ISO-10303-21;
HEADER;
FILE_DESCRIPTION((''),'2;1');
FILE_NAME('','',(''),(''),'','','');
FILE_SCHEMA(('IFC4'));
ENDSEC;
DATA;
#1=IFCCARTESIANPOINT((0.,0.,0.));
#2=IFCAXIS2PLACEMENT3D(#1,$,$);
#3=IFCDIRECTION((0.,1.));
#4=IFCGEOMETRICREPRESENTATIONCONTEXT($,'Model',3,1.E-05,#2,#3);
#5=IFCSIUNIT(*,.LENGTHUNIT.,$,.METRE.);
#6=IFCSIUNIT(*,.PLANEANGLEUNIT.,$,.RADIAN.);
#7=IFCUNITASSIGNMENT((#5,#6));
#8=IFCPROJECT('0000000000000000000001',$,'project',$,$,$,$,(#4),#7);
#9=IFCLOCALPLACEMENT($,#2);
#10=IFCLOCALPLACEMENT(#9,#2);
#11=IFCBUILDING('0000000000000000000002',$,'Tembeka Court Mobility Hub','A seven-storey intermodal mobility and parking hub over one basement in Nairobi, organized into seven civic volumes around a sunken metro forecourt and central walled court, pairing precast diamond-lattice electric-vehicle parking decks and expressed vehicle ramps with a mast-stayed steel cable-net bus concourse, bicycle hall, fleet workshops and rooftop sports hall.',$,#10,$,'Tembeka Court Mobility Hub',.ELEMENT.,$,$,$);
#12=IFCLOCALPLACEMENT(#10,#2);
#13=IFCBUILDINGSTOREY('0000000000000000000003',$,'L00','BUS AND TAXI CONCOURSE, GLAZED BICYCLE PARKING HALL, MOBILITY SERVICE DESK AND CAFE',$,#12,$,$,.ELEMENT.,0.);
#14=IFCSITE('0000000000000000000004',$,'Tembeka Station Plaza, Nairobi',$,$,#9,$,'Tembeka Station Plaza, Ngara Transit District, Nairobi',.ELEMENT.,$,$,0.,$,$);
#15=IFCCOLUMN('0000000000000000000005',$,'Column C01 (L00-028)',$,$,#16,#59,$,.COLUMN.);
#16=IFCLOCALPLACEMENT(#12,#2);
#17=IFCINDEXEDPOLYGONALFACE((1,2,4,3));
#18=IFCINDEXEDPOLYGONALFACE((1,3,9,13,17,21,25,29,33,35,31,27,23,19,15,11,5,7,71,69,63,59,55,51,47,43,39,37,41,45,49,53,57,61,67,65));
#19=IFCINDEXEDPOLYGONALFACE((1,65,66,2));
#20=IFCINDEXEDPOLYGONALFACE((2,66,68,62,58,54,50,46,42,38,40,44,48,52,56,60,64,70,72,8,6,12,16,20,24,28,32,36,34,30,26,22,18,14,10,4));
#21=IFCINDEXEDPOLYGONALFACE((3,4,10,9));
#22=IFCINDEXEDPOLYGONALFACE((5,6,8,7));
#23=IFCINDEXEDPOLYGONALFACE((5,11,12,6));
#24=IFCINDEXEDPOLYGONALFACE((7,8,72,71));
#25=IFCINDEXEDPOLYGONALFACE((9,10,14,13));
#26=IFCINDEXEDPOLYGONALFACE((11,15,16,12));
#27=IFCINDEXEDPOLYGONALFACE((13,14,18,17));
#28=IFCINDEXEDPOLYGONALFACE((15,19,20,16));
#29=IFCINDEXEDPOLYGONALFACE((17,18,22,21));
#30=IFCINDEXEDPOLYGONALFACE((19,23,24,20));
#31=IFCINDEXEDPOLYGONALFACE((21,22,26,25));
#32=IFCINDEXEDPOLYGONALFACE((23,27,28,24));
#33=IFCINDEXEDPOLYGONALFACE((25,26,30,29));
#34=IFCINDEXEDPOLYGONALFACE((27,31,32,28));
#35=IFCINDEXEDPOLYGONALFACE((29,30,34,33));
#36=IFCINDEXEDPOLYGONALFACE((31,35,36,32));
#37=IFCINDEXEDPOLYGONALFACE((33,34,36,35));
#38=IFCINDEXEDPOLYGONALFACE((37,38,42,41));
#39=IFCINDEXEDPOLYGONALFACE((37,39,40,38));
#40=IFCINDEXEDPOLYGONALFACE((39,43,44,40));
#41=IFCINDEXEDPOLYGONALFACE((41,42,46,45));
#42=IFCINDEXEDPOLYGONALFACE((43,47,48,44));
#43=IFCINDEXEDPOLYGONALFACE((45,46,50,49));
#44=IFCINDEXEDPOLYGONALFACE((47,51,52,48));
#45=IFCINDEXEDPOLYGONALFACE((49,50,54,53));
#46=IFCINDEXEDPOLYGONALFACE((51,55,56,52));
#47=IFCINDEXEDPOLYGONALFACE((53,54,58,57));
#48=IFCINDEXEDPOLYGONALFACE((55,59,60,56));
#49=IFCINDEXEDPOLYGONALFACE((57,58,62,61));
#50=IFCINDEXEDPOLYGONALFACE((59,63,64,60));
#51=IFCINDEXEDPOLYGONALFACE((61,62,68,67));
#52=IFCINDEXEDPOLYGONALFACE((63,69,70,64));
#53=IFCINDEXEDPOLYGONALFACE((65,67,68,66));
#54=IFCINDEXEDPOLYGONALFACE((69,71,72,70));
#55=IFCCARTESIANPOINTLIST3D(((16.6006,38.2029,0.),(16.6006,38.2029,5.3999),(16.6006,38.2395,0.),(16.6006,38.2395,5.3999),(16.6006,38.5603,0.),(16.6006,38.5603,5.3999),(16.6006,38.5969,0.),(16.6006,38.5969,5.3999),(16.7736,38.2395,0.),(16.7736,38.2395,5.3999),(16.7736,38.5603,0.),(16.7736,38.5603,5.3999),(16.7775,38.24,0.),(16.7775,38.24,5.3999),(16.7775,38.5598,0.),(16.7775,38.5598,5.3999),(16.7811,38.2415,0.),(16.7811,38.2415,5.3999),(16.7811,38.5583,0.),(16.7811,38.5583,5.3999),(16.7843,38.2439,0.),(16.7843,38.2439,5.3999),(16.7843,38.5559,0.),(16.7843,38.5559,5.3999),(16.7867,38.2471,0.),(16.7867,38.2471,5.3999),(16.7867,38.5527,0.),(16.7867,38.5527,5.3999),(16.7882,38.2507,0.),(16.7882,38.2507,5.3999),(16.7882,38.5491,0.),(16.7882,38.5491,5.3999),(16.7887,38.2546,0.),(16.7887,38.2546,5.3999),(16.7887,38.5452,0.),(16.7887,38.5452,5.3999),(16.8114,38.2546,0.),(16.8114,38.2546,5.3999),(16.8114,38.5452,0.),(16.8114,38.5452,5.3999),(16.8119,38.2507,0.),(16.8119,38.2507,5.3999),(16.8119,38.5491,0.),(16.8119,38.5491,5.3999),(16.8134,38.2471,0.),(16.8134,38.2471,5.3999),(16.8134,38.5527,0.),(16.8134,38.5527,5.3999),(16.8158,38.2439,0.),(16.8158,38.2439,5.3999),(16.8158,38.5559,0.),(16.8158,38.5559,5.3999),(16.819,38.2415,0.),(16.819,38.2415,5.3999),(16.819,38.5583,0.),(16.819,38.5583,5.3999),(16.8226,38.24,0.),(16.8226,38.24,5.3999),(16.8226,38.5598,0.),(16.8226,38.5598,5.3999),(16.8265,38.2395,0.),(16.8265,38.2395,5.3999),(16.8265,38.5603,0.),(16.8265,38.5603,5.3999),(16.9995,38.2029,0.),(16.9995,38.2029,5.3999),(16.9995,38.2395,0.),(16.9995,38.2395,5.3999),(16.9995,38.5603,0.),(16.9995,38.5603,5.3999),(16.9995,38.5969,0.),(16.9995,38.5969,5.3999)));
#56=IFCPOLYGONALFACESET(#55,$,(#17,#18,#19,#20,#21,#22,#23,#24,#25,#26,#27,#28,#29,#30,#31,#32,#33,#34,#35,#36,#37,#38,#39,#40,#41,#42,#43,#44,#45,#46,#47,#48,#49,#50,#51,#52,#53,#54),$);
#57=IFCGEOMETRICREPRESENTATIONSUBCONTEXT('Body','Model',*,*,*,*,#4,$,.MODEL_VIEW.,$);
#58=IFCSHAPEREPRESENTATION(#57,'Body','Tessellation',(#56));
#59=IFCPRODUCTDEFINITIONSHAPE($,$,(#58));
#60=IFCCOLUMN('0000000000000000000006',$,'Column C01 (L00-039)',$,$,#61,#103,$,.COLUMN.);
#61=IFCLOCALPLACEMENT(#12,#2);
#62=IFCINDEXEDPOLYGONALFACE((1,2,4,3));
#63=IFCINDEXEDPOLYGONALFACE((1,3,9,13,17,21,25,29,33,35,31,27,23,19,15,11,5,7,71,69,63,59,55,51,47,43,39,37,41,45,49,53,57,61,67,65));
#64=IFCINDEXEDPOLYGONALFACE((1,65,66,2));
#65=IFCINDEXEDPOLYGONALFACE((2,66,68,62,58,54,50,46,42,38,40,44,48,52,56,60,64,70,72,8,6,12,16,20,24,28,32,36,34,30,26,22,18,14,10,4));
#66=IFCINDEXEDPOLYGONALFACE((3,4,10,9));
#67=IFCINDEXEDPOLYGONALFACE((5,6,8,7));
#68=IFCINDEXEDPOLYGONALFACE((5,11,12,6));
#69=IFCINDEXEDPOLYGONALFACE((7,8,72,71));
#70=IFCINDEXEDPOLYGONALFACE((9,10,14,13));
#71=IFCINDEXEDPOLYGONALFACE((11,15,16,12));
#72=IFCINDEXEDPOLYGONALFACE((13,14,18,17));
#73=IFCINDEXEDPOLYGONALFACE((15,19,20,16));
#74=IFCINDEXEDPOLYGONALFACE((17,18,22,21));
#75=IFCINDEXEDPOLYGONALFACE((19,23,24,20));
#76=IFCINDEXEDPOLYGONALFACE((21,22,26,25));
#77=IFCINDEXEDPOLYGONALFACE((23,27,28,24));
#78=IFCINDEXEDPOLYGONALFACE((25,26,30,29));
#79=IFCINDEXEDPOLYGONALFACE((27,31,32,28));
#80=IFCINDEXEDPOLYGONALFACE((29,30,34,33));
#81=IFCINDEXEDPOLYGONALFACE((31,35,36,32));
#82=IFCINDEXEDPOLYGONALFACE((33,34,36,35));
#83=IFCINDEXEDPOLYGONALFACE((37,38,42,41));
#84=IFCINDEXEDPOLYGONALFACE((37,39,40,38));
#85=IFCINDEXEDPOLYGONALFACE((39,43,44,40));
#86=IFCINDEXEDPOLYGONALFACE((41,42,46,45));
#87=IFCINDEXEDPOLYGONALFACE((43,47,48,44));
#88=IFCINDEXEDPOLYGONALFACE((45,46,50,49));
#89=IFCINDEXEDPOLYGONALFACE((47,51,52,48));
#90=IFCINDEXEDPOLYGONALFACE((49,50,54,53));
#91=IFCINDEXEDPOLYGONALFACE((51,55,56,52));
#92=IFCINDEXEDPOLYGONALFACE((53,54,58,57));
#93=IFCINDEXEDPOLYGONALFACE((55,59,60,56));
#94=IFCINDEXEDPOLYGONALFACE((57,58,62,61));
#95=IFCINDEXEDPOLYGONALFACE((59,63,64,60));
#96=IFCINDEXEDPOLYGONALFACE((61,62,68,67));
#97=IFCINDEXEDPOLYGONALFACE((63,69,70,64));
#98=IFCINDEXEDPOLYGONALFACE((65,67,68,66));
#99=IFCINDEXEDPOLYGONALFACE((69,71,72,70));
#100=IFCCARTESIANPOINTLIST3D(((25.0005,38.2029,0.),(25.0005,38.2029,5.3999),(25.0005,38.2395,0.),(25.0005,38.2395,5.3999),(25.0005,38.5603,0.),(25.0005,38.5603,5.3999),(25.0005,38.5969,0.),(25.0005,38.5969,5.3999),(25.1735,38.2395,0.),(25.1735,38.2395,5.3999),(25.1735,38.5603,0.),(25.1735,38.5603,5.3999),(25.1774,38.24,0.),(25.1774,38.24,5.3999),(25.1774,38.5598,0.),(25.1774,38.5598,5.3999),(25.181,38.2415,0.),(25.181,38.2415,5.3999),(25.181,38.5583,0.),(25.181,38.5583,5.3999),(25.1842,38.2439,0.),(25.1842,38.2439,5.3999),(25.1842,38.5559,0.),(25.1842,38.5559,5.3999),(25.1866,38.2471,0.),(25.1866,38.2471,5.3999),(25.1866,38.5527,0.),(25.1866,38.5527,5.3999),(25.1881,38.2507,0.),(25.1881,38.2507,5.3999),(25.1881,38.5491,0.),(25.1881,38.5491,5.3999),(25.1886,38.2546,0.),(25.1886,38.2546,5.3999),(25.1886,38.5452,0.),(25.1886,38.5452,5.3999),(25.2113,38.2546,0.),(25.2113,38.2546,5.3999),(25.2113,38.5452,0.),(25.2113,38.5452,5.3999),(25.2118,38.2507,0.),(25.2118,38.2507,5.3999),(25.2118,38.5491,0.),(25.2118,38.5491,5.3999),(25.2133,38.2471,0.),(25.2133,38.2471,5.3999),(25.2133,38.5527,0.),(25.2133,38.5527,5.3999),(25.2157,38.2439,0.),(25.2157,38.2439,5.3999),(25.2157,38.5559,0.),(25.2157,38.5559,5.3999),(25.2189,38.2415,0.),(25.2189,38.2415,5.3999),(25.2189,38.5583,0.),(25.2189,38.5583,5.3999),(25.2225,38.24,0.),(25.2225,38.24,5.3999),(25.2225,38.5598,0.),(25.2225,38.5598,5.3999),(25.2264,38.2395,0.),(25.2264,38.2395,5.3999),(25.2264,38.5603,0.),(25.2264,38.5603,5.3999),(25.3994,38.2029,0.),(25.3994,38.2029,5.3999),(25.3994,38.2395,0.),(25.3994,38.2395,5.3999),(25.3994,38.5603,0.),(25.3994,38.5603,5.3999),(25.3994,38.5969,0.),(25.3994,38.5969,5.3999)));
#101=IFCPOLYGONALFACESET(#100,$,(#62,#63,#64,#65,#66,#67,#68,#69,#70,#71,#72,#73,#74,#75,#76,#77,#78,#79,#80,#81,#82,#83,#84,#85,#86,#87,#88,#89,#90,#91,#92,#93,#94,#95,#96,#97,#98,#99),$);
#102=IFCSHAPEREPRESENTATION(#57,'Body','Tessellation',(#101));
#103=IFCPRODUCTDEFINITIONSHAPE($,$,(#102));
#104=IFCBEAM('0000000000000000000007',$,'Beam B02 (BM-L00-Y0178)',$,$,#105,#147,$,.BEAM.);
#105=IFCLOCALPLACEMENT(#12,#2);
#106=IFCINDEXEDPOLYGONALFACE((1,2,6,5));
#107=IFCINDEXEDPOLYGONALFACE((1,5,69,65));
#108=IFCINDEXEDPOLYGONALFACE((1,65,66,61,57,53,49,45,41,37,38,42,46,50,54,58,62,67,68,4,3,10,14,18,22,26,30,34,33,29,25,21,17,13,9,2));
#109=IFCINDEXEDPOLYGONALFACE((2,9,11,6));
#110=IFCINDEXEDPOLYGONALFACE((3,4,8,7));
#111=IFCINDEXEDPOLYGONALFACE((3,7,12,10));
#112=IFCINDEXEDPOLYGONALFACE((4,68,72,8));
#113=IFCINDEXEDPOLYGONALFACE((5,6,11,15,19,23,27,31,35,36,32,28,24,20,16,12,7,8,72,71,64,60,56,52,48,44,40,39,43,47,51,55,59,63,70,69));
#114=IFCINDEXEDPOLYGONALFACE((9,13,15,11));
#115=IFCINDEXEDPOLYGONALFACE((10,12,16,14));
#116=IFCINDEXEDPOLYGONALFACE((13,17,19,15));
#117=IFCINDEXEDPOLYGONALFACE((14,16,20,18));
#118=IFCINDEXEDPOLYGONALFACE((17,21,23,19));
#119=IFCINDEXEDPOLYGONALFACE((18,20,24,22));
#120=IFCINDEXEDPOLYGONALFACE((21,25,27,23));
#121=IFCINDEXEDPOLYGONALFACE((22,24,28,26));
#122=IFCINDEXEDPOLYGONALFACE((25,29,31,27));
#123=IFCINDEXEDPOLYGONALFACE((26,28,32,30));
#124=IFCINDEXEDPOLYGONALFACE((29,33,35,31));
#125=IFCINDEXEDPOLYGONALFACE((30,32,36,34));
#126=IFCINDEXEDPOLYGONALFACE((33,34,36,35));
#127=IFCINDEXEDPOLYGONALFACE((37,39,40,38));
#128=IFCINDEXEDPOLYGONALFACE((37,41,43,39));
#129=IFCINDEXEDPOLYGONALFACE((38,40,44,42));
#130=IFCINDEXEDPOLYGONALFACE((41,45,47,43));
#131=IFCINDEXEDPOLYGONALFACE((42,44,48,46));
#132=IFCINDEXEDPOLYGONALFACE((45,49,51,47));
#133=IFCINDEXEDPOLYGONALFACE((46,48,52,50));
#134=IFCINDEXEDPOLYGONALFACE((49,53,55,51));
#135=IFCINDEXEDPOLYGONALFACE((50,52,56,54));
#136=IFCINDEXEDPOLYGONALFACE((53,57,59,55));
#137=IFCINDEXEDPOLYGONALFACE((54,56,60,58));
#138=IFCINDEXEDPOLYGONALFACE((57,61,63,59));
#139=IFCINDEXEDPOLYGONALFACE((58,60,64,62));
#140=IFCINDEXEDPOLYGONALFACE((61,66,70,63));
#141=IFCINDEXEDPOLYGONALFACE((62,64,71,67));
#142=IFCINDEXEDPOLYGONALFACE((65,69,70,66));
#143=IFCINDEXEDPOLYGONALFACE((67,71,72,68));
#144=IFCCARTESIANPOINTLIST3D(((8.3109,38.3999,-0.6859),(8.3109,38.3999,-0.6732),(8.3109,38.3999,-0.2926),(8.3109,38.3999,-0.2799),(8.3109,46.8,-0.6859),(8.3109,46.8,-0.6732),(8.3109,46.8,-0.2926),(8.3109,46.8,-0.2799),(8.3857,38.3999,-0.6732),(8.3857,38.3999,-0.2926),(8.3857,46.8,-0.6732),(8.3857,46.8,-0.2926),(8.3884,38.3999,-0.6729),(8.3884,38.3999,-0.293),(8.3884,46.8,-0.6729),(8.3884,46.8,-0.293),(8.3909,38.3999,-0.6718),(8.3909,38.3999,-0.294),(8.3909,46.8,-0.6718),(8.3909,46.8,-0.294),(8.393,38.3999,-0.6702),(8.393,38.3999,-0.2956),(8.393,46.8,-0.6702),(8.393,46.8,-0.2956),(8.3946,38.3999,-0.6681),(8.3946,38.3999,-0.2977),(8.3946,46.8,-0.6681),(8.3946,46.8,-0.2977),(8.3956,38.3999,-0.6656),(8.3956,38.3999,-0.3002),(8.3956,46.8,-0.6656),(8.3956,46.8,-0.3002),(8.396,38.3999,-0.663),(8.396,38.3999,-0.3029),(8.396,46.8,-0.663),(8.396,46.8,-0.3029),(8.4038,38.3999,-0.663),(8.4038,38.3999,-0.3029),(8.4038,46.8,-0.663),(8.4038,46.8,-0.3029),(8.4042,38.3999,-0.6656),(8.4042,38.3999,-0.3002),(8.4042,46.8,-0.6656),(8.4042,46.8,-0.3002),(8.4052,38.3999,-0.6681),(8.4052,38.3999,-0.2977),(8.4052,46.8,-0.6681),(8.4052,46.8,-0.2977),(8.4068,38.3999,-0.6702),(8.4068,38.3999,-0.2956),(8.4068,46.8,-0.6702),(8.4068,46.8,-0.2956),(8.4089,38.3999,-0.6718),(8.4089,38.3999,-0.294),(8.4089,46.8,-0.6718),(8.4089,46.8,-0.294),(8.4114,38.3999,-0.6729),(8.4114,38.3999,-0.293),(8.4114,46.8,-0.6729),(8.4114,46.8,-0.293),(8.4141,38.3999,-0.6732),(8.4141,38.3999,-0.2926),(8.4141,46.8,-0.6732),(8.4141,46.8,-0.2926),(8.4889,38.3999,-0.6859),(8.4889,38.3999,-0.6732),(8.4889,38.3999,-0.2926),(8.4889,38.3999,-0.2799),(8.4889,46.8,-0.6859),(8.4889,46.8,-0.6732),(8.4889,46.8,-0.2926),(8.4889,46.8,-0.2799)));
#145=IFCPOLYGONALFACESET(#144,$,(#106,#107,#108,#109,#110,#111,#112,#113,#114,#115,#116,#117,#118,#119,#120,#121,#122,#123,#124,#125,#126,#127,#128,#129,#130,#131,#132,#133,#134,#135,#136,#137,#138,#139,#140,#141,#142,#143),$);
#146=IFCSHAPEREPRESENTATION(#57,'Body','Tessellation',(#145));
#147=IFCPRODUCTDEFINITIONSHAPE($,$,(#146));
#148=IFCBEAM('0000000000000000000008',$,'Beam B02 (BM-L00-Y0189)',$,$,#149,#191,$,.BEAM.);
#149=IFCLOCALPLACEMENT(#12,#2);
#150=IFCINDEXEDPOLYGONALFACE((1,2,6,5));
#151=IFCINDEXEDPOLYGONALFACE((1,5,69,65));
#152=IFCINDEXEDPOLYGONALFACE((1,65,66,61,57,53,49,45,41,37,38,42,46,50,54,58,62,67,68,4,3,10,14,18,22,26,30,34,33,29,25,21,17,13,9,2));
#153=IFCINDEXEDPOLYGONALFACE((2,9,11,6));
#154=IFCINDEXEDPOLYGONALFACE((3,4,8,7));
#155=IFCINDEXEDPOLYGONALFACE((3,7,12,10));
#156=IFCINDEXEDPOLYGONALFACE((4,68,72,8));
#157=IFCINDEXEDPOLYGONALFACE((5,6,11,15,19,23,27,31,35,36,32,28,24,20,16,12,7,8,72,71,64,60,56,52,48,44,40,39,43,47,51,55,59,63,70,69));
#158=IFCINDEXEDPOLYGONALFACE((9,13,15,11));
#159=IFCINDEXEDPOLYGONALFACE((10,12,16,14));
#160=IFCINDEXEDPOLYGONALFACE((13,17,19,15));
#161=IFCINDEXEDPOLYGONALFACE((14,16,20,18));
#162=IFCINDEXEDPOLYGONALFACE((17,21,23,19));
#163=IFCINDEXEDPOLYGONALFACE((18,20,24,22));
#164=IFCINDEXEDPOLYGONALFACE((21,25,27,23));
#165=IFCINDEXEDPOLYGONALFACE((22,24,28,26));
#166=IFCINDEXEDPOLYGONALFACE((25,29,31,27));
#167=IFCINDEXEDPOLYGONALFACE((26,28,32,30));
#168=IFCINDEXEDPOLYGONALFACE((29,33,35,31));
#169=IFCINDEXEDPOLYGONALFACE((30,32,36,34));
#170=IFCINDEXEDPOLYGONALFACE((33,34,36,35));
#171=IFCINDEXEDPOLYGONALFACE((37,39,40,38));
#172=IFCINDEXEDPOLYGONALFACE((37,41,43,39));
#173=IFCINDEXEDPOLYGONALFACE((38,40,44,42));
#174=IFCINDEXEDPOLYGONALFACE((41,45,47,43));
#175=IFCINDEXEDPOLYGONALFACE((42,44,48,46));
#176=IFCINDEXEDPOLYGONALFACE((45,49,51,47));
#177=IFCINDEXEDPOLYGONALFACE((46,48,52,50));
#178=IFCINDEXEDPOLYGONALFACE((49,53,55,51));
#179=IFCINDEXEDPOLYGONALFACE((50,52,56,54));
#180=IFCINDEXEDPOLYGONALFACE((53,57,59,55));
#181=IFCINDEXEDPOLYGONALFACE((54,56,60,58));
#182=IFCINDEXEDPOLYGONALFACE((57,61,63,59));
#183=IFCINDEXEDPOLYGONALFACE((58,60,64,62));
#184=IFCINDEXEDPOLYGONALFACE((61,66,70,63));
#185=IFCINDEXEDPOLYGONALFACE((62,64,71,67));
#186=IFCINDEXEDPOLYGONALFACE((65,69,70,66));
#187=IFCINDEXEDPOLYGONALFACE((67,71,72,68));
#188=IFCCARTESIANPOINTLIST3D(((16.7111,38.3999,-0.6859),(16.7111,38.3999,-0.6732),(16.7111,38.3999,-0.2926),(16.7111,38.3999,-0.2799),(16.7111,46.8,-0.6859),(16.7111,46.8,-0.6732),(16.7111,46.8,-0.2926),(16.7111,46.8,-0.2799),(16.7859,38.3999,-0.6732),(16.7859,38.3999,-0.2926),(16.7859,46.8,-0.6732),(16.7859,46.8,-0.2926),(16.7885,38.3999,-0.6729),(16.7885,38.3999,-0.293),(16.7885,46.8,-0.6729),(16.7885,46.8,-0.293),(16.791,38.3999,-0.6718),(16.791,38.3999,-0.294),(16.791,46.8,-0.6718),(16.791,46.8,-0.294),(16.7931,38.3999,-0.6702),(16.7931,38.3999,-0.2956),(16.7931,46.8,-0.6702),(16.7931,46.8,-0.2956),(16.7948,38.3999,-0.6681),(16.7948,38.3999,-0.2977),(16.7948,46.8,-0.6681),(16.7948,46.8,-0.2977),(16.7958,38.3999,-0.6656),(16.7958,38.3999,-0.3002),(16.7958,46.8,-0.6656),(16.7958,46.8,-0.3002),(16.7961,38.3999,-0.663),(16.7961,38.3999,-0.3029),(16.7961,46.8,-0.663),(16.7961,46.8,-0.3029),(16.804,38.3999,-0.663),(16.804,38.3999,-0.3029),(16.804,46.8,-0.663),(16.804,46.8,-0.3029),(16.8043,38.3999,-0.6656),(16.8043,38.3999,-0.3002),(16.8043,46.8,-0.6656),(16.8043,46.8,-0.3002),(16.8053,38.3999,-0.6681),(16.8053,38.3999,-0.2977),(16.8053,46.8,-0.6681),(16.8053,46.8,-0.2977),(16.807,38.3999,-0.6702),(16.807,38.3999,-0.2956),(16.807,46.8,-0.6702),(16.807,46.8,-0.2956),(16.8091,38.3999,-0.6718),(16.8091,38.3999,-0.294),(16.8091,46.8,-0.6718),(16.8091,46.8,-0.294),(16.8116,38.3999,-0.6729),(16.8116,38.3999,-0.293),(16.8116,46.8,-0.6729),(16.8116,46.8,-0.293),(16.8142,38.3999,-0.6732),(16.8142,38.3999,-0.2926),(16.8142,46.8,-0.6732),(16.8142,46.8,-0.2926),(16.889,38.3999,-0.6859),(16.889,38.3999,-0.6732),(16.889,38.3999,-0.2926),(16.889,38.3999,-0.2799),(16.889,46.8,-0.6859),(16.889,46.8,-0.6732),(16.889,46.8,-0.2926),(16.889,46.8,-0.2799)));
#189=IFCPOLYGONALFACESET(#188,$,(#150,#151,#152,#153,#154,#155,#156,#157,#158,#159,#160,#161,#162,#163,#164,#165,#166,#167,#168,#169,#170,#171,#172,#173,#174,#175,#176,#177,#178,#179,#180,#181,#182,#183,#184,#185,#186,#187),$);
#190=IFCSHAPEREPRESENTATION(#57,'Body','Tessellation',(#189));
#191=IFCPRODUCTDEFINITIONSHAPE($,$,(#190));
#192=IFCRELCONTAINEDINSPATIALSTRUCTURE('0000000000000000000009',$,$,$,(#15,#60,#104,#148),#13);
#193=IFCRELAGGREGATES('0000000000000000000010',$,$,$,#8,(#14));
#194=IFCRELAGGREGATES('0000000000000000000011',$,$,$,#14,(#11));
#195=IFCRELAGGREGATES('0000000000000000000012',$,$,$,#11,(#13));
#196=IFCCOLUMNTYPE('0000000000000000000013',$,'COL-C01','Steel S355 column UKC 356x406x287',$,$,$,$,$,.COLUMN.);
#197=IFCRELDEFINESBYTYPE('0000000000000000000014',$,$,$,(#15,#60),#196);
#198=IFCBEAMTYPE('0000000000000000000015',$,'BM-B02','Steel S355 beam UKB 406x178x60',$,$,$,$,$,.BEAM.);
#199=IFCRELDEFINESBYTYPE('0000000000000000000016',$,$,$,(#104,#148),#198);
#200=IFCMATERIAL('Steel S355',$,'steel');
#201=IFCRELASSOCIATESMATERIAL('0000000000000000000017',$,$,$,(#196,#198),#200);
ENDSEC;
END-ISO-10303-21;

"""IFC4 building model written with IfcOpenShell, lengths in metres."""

from ifc_helpers import new_model, si_unit, direction, frame, origin, origin_2d, place, context, subcontext, project, spatial, i_section, extrude, material, material_profile, profile_set, type_object, element, save


model = new_model("IFC4")

# Units and contexts
model_context = context("Model", 3, precision=1e-05, world=origin(), true_north=direction((0.0, 1.0)))
body_context = subcontext(model_context, "Body", "Model", "MODEL_VIEW")
ifc_project = project(units=[si_unit("LENGTHUNIT", "METRE"), si_unit("PLANEANGLEUNIT", "RADIAN")], contexts=[model_context])

# Site, building, storey
site_placement = place(None, origin())
site = spatial("IfcSite", under=ifc_project, at=site_placement, Name="Tembeka Station Plaza, Nairobi", LongName="Tembeka Station Plaza, Ngara Transit District, Nairobi", CompositionType="ELEMENT", RefElevation=0.0)
building_placement = place(site_placement, origin())
building = spatial("IfcBuilding", under=site, at=building_placement, Name="Tembeka Court Mobility Hub", Description="A seven-storey intermodal mobility and parking hub over one basement in Nairobi, organized into seven civic volumes around a sunken metro forecourt and central walled court, pairing precast diamond-lattice electric-vehicle parking decks and expressed vehicle ramps with a mast-stayed steel cable-net bus concourse, bicycle hall, fleet workshops and rooftop sports hall.", LongName="Tembeka Court Mobility Hub", CompositionType="ELEMENT")
storey_placement = place(building_placement, origin())
storey = spatial("IfcBuildingStorey", under=building, at=storey_placement, Name="L00", Description="BUS AND TAXI CONCOURSE, GLAZED BICYCLE PARKING HALL, MOBILITY SERVICE DESK AND CAFE", CompositionType="ELEMENT", Elevation=0.0)

# Columns
ifc_material_1 = material(Name="Steel S355", Category="steel")
ifc_material_profile_1 = material_profile(ifc_material_1, i_section(OverallWidth=0.3989, OverallDepth=0.394, WebThickness=0.0227, FlangeThickness=0.0366, FilletRadius=0.0151, at=origin_2d()), Name="UKC 356x406x287")
ifc_profile_set_1 = profile_set([ifc_material_profile_1], Name="Steel S355")
column_type = type_object("IfcColumnType", Name="COL-C01", Description="Steel S355 column UKC 356x406x287", PredefinedType="COLUMN", material=ifc_profile_set_1)
for number, where, z_axis, x_axis, name in (
    (1, (16.8, 38.3999, 0.0), (0.0, 0.0, 1.0), (1.0, 0.0, 0.0), "Column C01 (L00-028)"),
    (2, (25.2, 38.3999, 0.0), (0.0, 0.0, 1.0), (1.0, 0.0, 0.0), "Column C01 (L00-039)"),
):
    element("IfcColumn", number, at=place(storey_placement, frame(where, z_axis=z_axis, x_axis=x_axis)), inside=storey, type_object=column_type, Name=name, PredefinedType="COLUMN", context=body_context, shape_type="SweptSolid", body=[
        extrude(i_section(OverallWidth=0.3989, OverallDepth=0.394, WebThickness=0.0227, FlangeThickness=0.0366, FilletRadius=0.0151, at=origin_2d()), origin(), (0.0, 0.0, 1.0), 5.3999),
    ])

# Beams
ifc_material_profile_2 = material_profile(ifc_material_1, i_section(OverallWidth=0.178, OverallDepth=0.406, WebThickness=0.0078, FlangeThickness=0.0127, FilletRadius=0.0103, at=origin_2d()), Name="UKB 406x178x60")
ifc_profile_set_2 = profile_set([ifc_material_profile_2], Name="Steel S355")
beam_type_1 = type_object("IfcBeamType", Name="BM-B02", Description="Steel S355 beam UKB 406x178x60", PredefinedType="BEAM", material=ifc_profile_set_2)
for number, where, z_axis, x_axis, name in (
    (3, (8.3999, 38.3999, -0.4829), (0.0, 1.0, 0.0), (-1.0, 0.0, 0.0), "Beam B02 (BM-L00-Y0178)"),
    (4, (16.8, 38.3999, -0.4829), (0.0, 1.0, 0.0), (-1.0, 0.0, 0.0), "Beam B02 (BM-L00-Y0189)"),
):
    element("IfcBeam", number, at=place(storey_placement, frame(where, z_axis=z_axis, x_axis=x_axis)), inside=storey, type_object=beam_type_1, Name=name, PredefinedType="BEAM", context=body_context, shape_type="SweptSolid", body=[
        extrude(i_section(OverallWidth=0.178, OverallDepth=0.406, WebThickness=0.0078, FlangeThickness=0.0127, FilletRadius=0.0103, at=origin_2d()), origin(), (0.0, 0.0, 1.0), 8.4001),
    ])

save(model, "model.ifc")
